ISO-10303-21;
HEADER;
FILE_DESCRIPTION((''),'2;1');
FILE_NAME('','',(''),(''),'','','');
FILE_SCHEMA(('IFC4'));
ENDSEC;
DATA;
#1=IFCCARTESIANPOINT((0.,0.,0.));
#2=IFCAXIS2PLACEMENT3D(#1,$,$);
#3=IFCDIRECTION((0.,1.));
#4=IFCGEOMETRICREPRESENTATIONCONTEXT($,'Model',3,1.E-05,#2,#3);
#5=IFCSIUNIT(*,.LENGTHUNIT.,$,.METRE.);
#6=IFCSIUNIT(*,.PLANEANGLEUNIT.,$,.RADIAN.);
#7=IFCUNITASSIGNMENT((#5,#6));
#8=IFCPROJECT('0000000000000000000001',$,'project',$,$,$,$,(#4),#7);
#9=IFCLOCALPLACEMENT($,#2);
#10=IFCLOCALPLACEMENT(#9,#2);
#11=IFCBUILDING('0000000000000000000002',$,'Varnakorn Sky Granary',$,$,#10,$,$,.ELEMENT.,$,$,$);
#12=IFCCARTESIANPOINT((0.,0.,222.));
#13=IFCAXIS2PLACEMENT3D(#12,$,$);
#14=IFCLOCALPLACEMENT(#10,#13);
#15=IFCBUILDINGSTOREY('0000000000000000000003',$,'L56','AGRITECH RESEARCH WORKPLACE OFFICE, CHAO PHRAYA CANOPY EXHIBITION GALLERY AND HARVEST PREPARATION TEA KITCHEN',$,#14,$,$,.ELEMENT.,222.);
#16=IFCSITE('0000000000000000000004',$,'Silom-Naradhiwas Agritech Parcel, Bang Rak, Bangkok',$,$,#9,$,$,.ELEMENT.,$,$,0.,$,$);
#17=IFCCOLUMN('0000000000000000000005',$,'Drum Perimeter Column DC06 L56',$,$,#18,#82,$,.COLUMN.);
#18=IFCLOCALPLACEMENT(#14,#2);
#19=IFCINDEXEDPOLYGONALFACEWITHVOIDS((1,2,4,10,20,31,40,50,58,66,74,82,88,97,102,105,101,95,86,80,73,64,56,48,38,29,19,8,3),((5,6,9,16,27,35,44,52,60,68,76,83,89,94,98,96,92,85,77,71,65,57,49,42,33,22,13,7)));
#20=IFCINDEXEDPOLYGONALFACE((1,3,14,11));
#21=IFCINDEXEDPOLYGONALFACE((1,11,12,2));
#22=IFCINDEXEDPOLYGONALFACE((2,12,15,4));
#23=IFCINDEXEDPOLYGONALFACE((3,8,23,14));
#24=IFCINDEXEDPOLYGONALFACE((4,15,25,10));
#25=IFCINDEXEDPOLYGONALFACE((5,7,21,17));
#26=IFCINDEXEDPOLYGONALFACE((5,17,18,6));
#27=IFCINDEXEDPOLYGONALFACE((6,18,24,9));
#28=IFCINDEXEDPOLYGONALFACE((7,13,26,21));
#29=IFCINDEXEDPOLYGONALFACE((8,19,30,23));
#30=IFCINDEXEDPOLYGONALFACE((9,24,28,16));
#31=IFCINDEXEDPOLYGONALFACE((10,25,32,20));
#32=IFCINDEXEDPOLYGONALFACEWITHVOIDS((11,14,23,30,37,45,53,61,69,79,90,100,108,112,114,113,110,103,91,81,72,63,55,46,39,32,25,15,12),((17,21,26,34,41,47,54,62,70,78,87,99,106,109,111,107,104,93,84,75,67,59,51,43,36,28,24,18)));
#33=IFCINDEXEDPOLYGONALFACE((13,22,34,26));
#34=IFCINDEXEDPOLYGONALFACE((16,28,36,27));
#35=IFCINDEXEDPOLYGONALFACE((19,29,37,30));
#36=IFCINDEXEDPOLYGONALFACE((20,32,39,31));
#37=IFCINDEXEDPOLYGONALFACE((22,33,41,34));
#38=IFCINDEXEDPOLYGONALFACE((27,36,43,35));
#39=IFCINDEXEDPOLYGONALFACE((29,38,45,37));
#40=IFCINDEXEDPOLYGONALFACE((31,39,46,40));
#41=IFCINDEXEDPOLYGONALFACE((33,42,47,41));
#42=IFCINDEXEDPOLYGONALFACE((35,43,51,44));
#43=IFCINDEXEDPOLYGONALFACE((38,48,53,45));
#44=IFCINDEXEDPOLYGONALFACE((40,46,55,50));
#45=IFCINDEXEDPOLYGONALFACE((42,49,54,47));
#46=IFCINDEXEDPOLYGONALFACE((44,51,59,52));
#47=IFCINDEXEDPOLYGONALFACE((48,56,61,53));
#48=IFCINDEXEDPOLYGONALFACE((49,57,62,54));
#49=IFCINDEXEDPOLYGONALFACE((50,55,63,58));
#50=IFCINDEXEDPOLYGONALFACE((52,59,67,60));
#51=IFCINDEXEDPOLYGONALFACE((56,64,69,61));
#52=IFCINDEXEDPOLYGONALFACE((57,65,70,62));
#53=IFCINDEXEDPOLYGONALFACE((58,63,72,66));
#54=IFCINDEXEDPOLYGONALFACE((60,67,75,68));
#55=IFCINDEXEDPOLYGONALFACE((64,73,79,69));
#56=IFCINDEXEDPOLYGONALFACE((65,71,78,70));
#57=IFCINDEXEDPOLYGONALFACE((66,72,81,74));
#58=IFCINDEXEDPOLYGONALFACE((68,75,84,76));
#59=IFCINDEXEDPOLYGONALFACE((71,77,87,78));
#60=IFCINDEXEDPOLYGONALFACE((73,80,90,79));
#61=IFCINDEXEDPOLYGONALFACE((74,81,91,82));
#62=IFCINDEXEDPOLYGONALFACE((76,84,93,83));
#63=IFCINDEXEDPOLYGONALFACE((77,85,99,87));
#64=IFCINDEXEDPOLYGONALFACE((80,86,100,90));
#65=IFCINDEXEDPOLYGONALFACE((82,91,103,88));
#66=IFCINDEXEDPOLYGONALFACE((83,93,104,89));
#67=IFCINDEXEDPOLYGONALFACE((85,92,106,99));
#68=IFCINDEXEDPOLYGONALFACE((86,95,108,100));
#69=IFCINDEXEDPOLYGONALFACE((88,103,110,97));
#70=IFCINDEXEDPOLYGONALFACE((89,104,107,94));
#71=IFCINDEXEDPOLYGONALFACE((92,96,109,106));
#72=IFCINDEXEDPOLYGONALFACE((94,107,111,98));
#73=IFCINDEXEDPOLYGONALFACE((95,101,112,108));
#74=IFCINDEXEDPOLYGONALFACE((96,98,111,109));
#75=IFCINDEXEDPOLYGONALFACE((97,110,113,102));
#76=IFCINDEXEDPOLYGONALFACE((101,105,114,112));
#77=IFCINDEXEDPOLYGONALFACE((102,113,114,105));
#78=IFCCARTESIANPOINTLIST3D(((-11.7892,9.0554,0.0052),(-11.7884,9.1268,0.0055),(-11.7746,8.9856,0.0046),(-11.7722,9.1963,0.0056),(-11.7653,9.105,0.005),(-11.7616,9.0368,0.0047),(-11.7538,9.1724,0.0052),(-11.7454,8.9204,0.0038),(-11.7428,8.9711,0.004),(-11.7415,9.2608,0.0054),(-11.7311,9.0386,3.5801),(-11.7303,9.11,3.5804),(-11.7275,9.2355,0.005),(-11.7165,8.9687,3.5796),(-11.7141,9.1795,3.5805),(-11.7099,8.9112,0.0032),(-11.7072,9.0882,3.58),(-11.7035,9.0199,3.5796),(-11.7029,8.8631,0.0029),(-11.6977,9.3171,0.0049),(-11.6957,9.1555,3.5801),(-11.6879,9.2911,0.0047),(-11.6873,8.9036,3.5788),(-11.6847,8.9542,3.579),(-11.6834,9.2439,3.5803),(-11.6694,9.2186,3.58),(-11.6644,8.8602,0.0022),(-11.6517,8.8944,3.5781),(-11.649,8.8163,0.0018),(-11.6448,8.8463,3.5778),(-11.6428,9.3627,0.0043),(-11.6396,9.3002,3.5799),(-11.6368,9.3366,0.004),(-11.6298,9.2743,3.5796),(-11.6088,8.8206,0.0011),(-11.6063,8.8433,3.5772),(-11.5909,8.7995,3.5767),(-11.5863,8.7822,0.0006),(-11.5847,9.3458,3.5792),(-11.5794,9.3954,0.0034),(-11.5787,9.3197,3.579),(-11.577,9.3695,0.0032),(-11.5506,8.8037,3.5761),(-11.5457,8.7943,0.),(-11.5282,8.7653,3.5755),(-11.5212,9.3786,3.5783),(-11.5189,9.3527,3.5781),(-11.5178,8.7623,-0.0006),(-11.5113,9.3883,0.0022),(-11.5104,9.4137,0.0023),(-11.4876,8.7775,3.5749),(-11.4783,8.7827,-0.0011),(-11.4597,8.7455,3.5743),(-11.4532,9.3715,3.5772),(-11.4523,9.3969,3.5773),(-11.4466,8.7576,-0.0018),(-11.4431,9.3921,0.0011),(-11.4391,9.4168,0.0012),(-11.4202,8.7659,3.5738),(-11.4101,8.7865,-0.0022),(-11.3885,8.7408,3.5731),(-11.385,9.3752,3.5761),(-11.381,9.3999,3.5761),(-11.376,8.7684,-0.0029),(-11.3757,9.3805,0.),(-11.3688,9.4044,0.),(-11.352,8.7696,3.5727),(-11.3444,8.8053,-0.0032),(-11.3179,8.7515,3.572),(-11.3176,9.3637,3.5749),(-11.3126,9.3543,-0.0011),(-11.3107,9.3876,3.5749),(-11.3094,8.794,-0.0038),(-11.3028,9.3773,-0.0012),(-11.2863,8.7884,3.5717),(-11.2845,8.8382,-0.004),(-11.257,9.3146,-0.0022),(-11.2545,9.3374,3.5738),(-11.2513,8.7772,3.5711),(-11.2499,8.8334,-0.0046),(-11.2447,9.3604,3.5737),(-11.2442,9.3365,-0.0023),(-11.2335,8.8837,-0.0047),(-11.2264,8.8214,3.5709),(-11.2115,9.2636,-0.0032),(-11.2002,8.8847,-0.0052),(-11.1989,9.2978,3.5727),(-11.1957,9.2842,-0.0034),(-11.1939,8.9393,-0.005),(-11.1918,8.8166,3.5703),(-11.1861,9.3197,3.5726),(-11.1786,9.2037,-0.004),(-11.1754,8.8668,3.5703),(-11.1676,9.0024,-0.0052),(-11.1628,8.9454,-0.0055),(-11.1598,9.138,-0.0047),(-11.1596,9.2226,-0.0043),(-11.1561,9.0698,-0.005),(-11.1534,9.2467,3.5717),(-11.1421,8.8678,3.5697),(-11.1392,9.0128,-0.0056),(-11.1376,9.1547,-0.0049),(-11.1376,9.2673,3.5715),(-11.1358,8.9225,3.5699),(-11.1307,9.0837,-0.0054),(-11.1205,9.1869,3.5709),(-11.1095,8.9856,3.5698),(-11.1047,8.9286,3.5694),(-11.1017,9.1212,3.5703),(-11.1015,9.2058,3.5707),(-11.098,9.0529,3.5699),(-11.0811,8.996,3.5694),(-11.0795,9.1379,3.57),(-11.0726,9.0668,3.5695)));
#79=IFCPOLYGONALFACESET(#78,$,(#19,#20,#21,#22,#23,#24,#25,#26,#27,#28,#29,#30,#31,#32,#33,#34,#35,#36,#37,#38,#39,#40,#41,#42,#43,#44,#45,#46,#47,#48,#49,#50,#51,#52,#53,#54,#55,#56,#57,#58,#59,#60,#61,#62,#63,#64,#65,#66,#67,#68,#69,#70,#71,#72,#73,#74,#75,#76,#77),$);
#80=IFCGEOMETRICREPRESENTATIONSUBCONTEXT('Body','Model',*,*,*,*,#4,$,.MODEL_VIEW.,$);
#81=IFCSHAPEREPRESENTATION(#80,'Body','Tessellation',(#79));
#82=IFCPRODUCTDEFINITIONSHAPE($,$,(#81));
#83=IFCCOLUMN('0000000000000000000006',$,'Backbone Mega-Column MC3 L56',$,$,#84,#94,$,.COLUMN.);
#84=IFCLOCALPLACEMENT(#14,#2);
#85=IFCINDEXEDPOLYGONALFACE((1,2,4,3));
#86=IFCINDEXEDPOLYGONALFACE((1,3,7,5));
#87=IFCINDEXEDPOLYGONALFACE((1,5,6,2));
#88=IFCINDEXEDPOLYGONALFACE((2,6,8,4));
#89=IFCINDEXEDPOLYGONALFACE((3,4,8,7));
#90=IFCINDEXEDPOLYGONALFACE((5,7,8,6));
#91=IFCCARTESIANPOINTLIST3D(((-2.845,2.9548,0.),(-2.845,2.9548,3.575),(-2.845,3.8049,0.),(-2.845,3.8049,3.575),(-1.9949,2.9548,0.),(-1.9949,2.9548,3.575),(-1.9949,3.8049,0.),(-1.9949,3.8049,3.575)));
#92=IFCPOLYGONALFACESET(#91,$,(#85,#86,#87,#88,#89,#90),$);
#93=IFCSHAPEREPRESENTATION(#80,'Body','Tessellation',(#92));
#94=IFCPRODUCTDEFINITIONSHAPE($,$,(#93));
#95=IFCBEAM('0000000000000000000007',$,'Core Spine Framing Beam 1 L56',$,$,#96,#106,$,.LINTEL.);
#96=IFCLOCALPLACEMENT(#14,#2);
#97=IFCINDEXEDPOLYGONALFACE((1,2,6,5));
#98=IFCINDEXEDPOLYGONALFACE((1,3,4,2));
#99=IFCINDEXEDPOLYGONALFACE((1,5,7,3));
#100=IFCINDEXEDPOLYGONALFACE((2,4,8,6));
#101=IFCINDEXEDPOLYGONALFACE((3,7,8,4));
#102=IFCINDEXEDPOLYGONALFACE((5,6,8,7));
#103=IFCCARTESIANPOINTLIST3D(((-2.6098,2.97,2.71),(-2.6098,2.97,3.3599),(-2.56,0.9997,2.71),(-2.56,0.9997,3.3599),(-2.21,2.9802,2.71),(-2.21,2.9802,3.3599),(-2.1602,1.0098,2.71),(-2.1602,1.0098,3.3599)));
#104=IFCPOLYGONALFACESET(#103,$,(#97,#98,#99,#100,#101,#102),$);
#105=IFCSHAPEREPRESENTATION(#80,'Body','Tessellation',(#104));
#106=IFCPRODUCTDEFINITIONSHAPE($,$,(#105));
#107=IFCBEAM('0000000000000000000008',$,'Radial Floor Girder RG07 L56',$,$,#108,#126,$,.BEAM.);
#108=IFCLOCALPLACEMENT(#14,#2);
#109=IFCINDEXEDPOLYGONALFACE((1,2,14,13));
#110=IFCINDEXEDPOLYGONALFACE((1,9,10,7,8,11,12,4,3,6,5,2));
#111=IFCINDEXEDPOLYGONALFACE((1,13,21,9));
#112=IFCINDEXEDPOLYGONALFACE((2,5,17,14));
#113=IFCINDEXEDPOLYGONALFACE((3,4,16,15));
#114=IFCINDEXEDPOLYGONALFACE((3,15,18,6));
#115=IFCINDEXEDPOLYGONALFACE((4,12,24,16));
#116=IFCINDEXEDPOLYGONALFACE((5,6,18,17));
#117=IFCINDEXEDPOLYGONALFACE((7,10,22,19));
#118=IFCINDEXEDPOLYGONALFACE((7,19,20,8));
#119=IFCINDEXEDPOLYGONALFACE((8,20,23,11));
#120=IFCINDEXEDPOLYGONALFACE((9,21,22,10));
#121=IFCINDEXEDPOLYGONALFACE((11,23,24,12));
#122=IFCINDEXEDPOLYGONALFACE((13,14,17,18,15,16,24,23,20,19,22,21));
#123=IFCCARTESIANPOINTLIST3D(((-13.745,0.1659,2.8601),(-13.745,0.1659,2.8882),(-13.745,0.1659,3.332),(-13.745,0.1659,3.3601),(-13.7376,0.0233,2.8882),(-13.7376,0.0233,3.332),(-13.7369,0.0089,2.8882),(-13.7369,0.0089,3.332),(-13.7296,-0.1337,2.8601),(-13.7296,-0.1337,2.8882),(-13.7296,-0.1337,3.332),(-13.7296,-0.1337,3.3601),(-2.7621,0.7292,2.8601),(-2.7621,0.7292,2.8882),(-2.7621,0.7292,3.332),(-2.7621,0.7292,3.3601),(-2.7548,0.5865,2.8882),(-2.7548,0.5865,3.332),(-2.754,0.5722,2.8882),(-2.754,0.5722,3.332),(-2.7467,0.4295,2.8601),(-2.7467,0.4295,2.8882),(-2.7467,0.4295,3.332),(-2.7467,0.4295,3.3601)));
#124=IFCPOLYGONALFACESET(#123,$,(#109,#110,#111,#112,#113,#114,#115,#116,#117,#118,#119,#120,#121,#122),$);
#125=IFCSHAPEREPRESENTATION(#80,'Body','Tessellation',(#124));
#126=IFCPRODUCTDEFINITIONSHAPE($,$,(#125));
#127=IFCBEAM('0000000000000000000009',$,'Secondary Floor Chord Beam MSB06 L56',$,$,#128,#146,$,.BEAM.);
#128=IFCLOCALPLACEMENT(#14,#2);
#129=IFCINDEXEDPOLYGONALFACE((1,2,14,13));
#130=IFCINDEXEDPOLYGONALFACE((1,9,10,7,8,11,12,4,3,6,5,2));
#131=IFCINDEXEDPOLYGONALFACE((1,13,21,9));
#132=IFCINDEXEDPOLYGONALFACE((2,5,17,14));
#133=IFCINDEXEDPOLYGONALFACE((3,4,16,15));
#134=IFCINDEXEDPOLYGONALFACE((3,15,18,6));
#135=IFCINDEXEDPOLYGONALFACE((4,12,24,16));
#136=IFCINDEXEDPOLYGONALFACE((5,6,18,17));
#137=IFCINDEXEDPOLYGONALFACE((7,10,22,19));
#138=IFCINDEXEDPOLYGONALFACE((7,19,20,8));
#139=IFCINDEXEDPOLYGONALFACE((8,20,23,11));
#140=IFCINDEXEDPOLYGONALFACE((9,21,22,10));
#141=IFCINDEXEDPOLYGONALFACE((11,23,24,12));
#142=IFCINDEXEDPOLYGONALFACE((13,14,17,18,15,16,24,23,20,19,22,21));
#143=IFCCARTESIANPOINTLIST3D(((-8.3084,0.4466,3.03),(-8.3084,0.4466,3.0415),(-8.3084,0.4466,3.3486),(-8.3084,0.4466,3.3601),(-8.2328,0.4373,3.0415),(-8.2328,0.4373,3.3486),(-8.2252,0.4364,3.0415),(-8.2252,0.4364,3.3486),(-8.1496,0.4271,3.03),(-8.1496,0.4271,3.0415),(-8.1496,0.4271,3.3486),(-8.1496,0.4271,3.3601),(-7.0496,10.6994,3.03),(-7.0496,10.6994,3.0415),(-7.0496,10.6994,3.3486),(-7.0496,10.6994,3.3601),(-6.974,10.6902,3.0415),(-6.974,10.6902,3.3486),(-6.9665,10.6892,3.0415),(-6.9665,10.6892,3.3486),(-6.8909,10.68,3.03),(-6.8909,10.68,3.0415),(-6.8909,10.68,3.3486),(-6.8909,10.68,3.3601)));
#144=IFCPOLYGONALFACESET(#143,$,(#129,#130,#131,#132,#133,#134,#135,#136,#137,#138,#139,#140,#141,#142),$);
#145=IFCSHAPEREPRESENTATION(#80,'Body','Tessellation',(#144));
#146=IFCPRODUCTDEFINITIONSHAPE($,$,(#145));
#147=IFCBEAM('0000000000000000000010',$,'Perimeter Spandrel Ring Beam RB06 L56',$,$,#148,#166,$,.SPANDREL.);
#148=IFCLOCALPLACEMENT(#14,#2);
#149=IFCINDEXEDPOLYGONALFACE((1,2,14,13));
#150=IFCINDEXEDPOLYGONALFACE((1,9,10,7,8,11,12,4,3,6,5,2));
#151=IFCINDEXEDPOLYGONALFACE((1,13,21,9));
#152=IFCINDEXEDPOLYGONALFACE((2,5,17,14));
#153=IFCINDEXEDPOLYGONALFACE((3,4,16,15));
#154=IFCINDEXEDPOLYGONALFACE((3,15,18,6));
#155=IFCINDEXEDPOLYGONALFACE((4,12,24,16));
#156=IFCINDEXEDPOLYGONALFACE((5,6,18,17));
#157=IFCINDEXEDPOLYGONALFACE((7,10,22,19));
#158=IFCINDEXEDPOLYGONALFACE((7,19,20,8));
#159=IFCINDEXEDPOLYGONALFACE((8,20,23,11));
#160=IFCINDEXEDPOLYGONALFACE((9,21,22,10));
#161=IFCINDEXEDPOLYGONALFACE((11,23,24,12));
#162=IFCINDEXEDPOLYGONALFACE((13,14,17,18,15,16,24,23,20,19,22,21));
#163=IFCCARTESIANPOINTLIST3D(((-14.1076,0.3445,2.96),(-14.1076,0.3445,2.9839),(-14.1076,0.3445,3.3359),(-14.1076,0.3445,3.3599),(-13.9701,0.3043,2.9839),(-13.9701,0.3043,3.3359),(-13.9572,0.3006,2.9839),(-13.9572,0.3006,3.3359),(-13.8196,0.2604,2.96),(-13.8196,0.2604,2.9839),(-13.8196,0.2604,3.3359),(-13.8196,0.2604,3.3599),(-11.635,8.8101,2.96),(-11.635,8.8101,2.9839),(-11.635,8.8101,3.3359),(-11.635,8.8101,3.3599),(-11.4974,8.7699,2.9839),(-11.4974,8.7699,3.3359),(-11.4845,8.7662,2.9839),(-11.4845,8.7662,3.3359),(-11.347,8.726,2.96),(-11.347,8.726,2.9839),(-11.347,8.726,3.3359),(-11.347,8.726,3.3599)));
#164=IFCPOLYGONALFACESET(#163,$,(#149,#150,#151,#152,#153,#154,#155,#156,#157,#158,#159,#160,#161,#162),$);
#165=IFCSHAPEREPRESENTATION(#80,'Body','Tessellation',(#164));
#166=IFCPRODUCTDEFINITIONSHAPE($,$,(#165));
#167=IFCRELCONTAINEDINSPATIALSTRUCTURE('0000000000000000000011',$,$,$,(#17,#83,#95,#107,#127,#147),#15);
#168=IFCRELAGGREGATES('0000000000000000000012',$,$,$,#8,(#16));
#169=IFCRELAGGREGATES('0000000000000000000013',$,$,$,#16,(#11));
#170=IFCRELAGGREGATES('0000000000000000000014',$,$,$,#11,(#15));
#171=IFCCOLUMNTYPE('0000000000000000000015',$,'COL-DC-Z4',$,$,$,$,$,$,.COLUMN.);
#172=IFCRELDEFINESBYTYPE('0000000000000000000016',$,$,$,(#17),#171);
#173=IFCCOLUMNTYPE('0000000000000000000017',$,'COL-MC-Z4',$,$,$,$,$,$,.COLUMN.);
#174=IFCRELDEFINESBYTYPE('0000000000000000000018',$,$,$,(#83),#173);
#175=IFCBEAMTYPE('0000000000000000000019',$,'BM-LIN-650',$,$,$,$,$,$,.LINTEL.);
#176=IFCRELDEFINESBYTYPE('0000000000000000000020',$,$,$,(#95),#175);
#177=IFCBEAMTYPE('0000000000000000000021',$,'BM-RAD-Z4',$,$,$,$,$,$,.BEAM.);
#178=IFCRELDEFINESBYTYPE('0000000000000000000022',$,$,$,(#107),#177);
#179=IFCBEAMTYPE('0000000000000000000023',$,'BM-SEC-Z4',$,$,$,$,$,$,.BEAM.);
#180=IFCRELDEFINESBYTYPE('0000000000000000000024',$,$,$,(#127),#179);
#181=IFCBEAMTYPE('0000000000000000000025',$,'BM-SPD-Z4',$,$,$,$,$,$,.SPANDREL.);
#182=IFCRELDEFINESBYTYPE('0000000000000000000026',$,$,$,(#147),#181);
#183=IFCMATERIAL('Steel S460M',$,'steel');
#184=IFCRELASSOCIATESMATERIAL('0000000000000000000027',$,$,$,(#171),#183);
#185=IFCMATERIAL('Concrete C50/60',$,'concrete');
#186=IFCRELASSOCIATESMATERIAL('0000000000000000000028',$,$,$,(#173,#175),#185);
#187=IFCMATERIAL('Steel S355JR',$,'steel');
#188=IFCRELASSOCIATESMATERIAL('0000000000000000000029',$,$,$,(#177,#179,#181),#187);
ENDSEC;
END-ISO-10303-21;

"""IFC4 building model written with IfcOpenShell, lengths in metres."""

from ifc_helpers import new_model, si_unit, direction, frame, origin, origin_2d, place, context, subcontext, project, spatial, rectangle, hollow_circle, i_section, extrude, material, material_profile, profile_set, type_object, element, save


model = new_model("IFC4")

# Units and contexts
model_context = context("Model", 3, precision=1e-05, world=origin(), true_north=direction((0.0, 1.0)))
body_context = subcontext(model_context, "Body", "Model", "MODEL_VIEW")
ifc_project = project(units=[si_unit("LENGTHUNIT", "METRE"), si_unit("PLANEANGLEUNIT", "RADIAN")], contexts=[model_context])

# Site, building, storey
site_placement = place(None, origin())
site = spatial("IfcSite", under=ifc_project, at=site_placement, Name="Silom-Naradhiwas Agritech Parcel, Bang Rak, Bangkok", CompositionType="ELEMENT", RefElevation=0.0)
building_placement = place(site_placement, origin())
building = spatial("IfcBuilding", under=site, at=building_placement, Name="Varnakorn Sky Granary", CompositionType="ELEMENT")
storey_placement = place(building_placement, frame((0.0, 0.0, 222.0)))
storey = spatial("IfcBuildingStorey", under=building, at=storey_placement, Name="L56", Description="AGRITECH RESEARCH WORKPLACE OFFICE, CHAO PHRAYA CANOPY EXHIBITION GALLERY AND HARVEST PREPARATION TEA KITCHEN", CompositionType="ELEMENT", Elevation=222.0)

# Columns
ifc_material_1 = material(Name="Steel S460M", Category="steel")
ifc_material_profile_1 = material_profile(ifc_material_1, hollow_circle(Radius=0.3301, WallThickness=0.0249, at=origin_2d()), Name="CHS 660x25")
ifc_profile_set_1 = profile_set([ifc_material_profile_1], Name="Steel S460M")
column_type_1 = type_object("IfcColumnType", Name="COL-DC-Z4", PredefinedType="COLUMN", material=ifc_profile_set_1)
column_1_placement = place(storey_placement, frame((-11.4607, 9.0874, 0.0), z_axis=(0.016251, -0.004711, 0.999857), x_axis=(0.27845, 0.960451, 0.0)))
element("IfcColumn", 1, at=column_1_placement, inside=storey, type_object=column_type_1, Name="Drum Perimeter Column DC06 L56", PredefinedType="COLUMN", context=body_context, shape_type="SweptSolid", body=[
    extrude(hollow_circle(Radius=0.3301, WallThickness=0.0249, at=origin_2d()), origin(), (0.0, 0.0, 1.0), 3.5754),
])
ifc_material_2 = material(Name="Concrete C50/60", Category="concrete")
ifc_material_profile_2 = material_profile(ifc_material_2, rectangle(XDim=0.8501, YDim=0.8501, at=origin_2d()), Name="RC 850x850")
ifc_profile_set_2 = profile_set([ifc_material_profile_2], Name="Concrete C50/60")
column_type_2 = type_object("IfcColumnType", Name="COL-MC-Z4", PredefinedType="COLUMN", material=ifc_profile_set_2)
column_2_placement = place(storey_placement, frame((-2.4199, 3.3799, 0.0), z_axis=(0.0, 0.0, 1.0), x_axis=(1.0, 0.0, 0.0)))
element("IfcColumn", 2, at=column_2_placement, inside=storey, type_object=column_type_2, Name="Backbone Mega-Column MC3 L56", PredefinedType="COLUMN", context=body_context, shape_type="SweptSolid", body=[
    extrude(rectangle(XDim=0.8501, YDim=0.8501, at=origin_2d()), origin(), (0.0, 0.0, 1.0), 3.575),
])

# Beams
ifc_material_profile_3 = material_profile(ifc_material_2, rectangle(XDim=0.3999, YDim=0.6499, at=origin_2d()), Name="RC 400x650")
ifc_profile_set_3 = profile_set([ifc_material_profile_3], Name="Concrete C50/60")
beam_type_1 = type_object("IfcBeamType", Name="BM-LIN-650", PredefinedType="LINTEL", material=ifc_profile_set_3)
beam_1_placement = place(storey_placement, frame((-2.4099, 2.9751, 3.0349), z_axis=(0.025271, -0.999681, 0.0), x_axis=(0.999681, 0.025271, 0.0)))
element("IfcBeam", 3, at=beam_1_placement, inside=storey, type_object=beam_type_1, Name="Core Spine Framing Beam 1 L56", PredefinedType="LINTEL", context=body_context, shape_type="SweptSolid", body=[
    extrude(rectangle(XDim=0.3999, YDim=0.6499, at=origin_2d()), origin(), (0.0, 0.0, 1.0), 1.9709),
])
ifc_material_3 = material(Name="Steel S355JR", Category="steel")
ifc_material_profile_4 = material_profile(ifc_material_3, i_section(OverallWidth=0.3, OverallDepth=0.5, WebThickness=0.0144, FlangeThickness=0.0281, at=origin_2d()), Name="HE 500 B")
ifc_profile_set_4 = profile_set([ifc_material_profile_4], Name="Steel S355JR")
beam_type_2 = type_object("IfcBeamType", Name="BM-RAD-Z4", PredefinedType="BEAM", material=ifc_profile_set_4)
beam_2_placement = place(storey_placement, frame((-2.7544, 0.5793, 3.1101), z_axis=(-0.998688, -0.051215, 0.0), x_axis=(0.051215, -0.998688, 0.0)))
element("IfcBeam", 4, at=beam_2_placement, inside=storey, type_object=beam_type_2, Name="Radial Floor Girder RG07 L56", PredefinedType="BEAM", context=body_context, shape_type="SweptSolid", body=[
    extrude(i_section(OverallWidth=0.3, OverallDepth=0.5, WebThickness=0.0144, FlangeThickness=0.0281, at=origin_2d()), origin(), (0.0, 0.0, 1.0), 10.9973),
])
ifc_material_profile_5 = material_profile(ifc_material_3, i_section(OverallWidth=0.1599, OverallDepth=0.3301, WebThickness=0.0076, FlangeThickness=0.0115, at=origin_2d()), Name="IPE 330")
ifc_profile_set_5 = profile_set([ifc_material_profile_5], Name="Steel S355JR")
beam_type_3 = type_object("IfcBeamType", Name="BM-SEC-Z4", PredefinedType="BEAM", material=ifc_profile_set_5)
beam_3_placement = place(storey_placement, frame((-6.9702, 10.6897, 3.1951), z_axis=(-0.121859, -0.992547, 0.0), x_axis=(0.992547, -0.121859, 0.0)))
element("IfcBeam", 5, at=beam_3_placement, inside=storey, type_object=beam_type_3, Name="Secondary Floor Chord Beam MSB06 L56", PredefinedType="BEAM", context=body_context, shape_type="SweptSolid", body=[
    extrude(i_section(OverallWidth=0.1599, OverallDepth=0.3301, WebThickness=0.0076, FlangeThickness=0.0115, at=origin_2d()), origin(), (0.0, 0.0, 1.0), 10.3298),
])
ifc_material_profile_6 = material_profile(ifc_material_3, i_section(OverallWidth=0.3, OverallDepth=0.3999, WebThickness=0.0134, FlangeThickness=0.0239, at=origin_2d()), Name="HE 400 B")
ifc_profile_set_6 = profile_set([ifc_material_profile_6], Name="Steel S355JR")
beam_type_4 = type_object("IfcBeamType", Name="BM-SPD-Z4", PredefinedType="SPANDREL", material=ifc_profile_set_6)
beam_4_placement = place(storey_placement, frame((-11.491, 8.7681, 3.1599), z_axis=(-0.280369, -0.959892, 0.0), x_axis=(0.959892, -0.280369, 0.0)))
element("IfcBeam", 6, at=beam_4_placement, inside=storey, type_object=beam_type_4, Name="Perimeter Spandrel Ring Beam RB06 L56", PredefinedType="SPANDREL", context=body_context, shape_type="SweptSolid", body=[
    extrude(i_section(OverallWidth=0.3, OverallDepth=0.3999, WebThickness=0.0134, FlangeThickness=0.0239, at=origin_2d()), origin(), (0.0, 0.0, 1.0), 8.8193),
])

save(model, "model.ifc")
